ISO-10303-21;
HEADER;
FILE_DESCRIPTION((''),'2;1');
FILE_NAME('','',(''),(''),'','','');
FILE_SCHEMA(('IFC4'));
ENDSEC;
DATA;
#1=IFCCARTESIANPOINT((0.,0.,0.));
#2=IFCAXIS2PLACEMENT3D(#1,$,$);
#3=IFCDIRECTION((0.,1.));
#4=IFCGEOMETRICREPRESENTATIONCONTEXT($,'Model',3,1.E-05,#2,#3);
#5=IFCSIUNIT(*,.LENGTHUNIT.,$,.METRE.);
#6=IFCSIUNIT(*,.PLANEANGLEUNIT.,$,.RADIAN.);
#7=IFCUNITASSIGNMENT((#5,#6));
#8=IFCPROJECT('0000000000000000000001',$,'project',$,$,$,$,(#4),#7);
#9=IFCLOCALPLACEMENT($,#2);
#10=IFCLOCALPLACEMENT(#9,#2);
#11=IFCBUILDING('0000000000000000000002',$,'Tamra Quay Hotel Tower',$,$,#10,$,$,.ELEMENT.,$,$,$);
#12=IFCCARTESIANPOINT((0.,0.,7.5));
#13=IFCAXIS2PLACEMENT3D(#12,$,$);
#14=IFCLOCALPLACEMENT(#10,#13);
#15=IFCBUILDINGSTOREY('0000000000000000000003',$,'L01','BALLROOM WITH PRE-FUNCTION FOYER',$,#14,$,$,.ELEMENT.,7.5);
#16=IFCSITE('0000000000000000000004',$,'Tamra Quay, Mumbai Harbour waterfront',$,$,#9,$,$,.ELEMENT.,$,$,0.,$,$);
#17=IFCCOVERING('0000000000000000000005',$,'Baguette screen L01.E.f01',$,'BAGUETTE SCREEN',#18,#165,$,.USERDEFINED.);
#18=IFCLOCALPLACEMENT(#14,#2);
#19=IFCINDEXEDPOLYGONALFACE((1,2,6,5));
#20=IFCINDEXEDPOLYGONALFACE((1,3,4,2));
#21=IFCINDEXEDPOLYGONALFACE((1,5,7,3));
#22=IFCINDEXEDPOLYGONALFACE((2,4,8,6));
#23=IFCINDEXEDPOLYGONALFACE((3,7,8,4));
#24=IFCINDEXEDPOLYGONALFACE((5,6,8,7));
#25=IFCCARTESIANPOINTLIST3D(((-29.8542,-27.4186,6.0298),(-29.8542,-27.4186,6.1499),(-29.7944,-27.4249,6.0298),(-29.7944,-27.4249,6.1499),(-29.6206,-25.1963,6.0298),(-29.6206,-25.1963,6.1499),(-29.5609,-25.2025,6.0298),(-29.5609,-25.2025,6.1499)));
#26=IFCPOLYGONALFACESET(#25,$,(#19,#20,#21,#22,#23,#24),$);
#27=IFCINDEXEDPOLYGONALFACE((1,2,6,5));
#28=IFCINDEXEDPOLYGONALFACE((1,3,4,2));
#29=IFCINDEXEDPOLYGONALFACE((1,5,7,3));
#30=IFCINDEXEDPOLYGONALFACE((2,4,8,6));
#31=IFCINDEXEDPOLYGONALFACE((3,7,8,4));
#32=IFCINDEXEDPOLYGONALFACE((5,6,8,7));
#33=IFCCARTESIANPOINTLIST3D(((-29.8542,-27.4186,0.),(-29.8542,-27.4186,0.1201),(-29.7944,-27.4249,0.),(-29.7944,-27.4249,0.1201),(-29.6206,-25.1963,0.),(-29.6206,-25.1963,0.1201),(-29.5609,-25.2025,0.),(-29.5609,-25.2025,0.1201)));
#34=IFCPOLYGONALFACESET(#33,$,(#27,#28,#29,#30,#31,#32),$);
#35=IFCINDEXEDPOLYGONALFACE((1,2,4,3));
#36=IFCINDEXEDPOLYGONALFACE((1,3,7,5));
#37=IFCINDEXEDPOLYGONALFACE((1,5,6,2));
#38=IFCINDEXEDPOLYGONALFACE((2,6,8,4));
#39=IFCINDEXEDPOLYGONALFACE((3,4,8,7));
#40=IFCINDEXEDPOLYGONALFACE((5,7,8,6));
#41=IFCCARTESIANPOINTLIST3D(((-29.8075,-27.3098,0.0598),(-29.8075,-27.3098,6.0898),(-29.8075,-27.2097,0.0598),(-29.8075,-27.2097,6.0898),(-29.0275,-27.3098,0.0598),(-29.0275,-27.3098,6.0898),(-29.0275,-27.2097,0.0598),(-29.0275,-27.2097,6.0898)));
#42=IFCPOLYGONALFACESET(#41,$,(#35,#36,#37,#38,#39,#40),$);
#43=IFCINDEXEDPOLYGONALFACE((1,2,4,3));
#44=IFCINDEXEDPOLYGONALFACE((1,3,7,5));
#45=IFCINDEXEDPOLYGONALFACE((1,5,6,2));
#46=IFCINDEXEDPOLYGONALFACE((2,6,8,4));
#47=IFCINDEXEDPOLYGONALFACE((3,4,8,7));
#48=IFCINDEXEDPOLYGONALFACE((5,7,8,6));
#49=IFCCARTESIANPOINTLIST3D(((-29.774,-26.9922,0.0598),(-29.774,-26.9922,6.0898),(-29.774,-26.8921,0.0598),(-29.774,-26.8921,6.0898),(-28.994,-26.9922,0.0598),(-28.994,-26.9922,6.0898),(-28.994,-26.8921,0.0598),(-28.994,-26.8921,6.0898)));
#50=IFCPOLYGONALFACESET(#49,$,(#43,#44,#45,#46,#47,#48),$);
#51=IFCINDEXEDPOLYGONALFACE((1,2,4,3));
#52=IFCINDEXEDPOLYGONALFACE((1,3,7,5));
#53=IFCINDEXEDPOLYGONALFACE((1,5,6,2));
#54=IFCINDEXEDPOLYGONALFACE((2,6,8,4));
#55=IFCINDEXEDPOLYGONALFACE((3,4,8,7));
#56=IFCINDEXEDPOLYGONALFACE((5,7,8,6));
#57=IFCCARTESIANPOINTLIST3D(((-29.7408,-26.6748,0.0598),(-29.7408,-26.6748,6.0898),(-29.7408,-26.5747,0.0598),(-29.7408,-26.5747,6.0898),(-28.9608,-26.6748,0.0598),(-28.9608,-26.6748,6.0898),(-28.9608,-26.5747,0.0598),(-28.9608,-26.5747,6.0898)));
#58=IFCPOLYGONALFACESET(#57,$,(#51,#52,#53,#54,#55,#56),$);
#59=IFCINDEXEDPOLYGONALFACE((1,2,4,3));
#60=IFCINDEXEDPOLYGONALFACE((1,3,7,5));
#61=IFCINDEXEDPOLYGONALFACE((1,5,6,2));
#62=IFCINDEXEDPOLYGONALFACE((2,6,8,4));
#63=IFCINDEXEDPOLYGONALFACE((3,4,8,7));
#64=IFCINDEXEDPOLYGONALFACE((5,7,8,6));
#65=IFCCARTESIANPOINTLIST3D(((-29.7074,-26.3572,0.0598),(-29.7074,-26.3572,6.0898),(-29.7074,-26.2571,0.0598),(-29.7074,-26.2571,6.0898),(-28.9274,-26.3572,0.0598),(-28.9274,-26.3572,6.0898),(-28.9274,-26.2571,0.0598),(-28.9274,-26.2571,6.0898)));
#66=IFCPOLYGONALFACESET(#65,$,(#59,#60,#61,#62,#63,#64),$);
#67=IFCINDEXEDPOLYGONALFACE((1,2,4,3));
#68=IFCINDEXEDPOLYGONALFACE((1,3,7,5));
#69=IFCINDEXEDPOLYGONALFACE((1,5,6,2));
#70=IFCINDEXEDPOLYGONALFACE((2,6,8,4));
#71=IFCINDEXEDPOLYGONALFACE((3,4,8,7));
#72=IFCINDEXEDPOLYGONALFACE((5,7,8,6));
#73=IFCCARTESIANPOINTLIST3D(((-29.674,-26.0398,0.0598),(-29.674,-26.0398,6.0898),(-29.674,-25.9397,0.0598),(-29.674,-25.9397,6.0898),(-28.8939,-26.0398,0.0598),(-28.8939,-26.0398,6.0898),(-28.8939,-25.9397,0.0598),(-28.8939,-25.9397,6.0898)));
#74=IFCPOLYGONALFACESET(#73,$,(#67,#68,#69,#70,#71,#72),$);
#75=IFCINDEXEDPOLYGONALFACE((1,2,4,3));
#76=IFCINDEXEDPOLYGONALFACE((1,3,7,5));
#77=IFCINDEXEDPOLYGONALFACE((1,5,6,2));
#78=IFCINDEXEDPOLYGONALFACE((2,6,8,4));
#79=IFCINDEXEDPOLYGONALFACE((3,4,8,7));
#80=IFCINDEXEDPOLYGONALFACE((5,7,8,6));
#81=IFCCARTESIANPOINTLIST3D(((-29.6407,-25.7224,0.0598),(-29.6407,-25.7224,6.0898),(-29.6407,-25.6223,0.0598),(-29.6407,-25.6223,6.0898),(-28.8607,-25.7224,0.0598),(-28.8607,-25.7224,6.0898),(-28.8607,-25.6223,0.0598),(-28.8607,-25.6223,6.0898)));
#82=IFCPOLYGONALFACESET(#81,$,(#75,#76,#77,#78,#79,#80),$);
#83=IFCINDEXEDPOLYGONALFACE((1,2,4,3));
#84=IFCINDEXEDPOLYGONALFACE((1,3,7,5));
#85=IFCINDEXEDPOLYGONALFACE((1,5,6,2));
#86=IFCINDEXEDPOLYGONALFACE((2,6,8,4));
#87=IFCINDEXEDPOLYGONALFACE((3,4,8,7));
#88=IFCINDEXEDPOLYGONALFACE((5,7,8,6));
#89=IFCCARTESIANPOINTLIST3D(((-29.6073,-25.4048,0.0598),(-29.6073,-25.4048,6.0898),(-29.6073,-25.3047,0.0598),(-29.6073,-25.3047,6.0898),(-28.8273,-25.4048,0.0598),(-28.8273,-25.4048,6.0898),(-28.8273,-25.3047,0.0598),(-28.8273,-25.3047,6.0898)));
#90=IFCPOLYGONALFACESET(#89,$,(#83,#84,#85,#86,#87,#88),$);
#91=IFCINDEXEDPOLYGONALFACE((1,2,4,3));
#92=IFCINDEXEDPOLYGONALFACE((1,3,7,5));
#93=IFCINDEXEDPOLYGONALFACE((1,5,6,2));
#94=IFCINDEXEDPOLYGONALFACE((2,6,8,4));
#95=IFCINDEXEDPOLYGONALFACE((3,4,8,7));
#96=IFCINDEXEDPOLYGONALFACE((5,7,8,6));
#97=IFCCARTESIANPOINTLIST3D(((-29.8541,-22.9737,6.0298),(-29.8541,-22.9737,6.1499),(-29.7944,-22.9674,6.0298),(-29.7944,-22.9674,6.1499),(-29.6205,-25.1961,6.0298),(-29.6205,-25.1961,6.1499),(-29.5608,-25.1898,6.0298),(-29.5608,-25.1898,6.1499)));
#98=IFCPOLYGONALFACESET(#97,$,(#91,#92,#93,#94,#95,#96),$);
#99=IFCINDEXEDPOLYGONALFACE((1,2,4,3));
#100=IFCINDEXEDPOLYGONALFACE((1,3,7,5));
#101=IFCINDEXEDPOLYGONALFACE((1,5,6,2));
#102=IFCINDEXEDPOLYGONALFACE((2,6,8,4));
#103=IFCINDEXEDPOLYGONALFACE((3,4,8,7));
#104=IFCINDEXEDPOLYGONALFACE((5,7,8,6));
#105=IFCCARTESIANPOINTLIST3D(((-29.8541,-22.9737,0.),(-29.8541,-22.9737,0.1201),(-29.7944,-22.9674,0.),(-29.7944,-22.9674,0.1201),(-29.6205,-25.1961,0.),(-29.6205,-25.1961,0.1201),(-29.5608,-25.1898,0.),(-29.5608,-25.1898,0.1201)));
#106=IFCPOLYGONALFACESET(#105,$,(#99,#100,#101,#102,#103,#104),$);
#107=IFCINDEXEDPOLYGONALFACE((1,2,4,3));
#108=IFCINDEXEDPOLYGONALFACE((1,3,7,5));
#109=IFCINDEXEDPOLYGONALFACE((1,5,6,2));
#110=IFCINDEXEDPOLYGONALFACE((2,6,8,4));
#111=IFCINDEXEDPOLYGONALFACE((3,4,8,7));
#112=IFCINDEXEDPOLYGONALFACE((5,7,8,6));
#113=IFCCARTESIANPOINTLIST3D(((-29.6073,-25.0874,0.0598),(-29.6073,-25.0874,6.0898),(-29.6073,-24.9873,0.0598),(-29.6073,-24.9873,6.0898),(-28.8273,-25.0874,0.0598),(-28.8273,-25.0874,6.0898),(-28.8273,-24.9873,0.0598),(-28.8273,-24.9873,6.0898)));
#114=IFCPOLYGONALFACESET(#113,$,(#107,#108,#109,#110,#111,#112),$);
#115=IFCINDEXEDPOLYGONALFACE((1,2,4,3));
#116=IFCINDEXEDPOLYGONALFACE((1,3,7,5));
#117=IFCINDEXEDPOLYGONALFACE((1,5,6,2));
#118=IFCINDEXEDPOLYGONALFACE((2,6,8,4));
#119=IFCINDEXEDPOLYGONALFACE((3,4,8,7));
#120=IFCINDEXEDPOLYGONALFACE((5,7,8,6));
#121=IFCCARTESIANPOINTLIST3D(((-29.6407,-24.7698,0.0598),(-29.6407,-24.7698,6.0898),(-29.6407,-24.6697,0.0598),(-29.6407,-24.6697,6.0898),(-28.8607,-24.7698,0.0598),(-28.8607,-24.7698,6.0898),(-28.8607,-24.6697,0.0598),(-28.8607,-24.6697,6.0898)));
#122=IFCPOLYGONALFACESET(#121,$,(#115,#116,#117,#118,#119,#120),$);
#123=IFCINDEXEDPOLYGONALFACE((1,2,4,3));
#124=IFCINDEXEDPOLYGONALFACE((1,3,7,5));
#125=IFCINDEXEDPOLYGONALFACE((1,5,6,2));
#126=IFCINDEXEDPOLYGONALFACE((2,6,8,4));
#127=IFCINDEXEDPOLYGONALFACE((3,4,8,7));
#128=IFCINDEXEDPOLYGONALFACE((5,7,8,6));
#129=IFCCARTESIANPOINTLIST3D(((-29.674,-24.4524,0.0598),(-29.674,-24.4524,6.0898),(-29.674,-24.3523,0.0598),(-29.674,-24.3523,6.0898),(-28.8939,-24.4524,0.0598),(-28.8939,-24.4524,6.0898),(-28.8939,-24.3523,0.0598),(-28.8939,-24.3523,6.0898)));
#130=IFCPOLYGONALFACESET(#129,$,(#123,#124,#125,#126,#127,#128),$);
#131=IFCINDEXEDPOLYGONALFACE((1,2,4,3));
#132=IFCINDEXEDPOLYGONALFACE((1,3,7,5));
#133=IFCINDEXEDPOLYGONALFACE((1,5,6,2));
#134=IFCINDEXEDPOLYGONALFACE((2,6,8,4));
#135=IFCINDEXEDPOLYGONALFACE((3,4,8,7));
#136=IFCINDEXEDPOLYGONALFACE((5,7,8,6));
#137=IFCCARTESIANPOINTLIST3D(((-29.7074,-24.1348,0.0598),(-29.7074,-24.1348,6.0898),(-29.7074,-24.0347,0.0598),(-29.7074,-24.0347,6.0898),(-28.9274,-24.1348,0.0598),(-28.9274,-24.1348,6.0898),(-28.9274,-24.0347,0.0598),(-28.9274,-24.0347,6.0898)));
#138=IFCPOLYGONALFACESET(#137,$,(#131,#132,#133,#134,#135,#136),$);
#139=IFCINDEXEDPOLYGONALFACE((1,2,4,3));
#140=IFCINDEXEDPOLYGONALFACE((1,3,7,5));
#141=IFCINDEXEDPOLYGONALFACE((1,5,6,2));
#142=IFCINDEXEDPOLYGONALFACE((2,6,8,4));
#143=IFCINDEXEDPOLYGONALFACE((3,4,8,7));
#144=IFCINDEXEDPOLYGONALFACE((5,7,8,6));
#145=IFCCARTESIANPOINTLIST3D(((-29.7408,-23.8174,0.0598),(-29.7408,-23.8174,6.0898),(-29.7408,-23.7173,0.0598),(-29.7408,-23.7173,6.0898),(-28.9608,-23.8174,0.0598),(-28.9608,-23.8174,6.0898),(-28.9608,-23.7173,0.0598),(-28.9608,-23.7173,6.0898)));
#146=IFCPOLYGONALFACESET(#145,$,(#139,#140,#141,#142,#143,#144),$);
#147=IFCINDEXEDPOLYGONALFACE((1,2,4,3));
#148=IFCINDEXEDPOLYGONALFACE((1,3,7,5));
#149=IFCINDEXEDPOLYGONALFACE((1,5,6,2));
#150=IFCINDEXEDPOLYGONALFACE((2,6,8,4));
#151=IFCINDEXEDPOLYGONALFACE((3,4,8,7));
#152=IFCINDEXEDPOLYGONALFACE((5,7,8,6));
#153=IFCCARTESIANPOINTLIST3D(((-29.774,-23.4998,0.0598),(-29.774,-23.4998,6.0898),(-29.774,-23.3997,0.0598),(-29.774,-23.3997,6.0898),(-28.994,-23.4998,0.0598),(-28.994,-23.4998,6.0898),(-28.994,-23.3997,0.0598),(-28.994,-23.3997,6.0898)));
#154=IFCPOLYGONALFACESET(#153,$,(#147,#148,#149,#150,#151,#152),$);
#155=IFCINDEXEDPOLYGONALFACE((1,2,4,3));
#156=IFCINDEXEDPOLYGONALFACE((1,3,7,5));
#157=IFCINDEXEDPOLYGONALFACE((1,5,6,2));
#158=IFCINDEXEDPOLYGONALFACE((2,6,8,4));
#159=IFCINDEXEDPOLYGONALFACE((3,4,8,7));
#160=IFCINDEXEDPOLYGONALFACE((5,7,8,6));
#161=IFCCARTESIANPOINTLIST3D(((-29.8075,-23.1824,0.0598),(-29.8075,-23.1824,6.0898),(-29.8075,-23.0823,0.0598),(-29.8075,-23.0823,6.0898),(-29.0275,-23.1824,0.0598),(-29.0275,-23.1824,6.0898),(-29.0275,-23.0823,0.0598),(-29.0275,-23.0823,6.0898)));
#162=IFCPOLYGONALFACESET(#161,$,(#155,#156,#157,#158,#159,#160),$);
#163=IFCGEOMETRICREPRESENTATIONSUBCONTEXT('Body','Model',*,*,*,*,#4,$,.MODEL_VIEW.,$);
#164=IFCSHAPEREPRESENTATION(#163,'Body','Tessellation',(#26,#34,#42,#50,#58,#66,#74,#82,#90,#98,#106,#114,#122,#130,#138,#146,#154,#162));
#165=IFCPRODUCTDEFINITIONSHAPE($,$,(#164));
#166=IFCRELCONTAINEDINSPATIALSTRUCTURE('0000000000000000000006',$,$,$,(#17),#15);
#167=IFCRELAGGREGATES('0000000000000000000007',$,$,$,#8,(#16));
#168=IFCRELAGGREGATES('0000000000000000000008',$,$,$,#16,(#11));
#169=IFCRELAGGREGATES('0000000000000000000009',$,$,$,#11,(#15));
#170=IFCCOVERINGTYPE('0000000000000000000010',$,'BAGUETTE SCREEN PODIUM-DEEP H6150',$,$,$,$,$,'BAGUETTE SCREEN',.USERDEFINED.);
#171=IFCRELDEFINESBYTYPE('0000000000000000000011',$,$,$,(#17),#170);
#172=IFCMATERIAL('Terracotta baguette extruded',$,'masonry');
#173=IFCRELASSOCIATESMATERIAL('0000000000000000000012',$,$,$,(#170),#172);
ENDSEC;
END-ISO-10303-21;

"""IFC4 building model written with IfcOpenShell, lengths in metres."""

from ifc_helpers import new_model, si_unit, direction, frame, frame_2d, origin, place, context, subcontext, project, spatial, rectangle, extrude, source, transform, mapped, material, type_object, element, save


model = new_model("IFC4")

# Units and contexts
model_context = context("Model", 3, precision=1e-05, world=origin(), true_north=direction((0.0, 1.0)))
body_context = subcontext(model_context, "Body", "Model", "MODEL_VIEW")
ifc_project = project(units=[si_unit("LENGTHUNIT", "METRE"), si_unit("PLANEANGLEUNIT", "RADIAN")], contexts=[model_context])

# Site, building, storey
site_placement = place(None, origin())
site = spatial("IfcSite", under=ifc_project, at=site_placement, Name="Tamra Quay, Mumbai Harbour waterfront", CompositionType="ELEMENT", RefElevation=0.0)
building_placement = place(site_placement, origin())
building = spatial("IfcBuilding", under=site, at=building_placement, Name="Tamra Quay Hotel Tower", CompositionType="ELEMENT")
storey_placement = place(building_placement, frame((0.0, 0.0, 7.5)))
storey = spatial("IfcBuildingStorey", under=building, at=storey_placement, Name="L01", Description="BALLROOM WITH PRE-FUNCTION FOYER", CompositionType="ELEMENT", Elevation=7.5)

# Covering
ifc_material_1 = material(Name="Terracotta baguette extruded", Category="masonry")
covering_type_1 = type_object("IfcCoveringType", Name="BAGUETTE SCREEN PODIUM-DEEP H6150", ElementType="BAGUETTE SCREEN", PredefinedType="USERDEFINED", material=ifc_material_1)
shared_shape_1 = source(origin(), body_context, "Body", "SweptSolid", [
    extrude(rectangle(XDim=2.2346, YDim=0.0601, at=frame_2d((1.1172, 0.03))), frame((-2.2288, -0.0576, -0.1201), z_axis=(0.0, 0.0, 1.0), x_axis=(0.994522, -0.104528, 0.0)), (0.0, 0.0, 1.0), 0.1201),
    extrude(rectangle(XDim=2.2346, YDim=0.0601, at=frame_2d((1.1172, 0.03))), frame((-2.2288, -0.0576, -6.1499), z_axis=(0.0, 0.0, 1.0), x_axis=(0.994522, -0.104528, 0.0)), (0.0, 0.0, 1.0), 0.1201),
    extrude(rectangle(XDim=0.1001, YDim=0.78, at=frame_2d((0.05, 0.3901))), frame((-2.1138, -0.8247, -6.0901)), (0.0, 0.0, 1.0), 6.03),
    extrude(rectangle(XDim=0.1001, YDim=0.78, at=frame_2d((0.05, 0.3901))), frame((-1.7961, -0.8582, -6.0901)), (0.0, 0.0, 1.0), 6.03),
    extrude(rectangle(XDim=0.1001, YDim=0.78, at=frame_2d((0.05, 0.3901))), frame((-1.4788, -0.8914, -6.0901)), (0.0, 0.0, 1.0), 6.03),
    extrude(rectangle(XDim=0.1001, YDim=0.78, at=frame_2d((0.05, 0.3901))), frame((-1.1611, -0.9248, -6.0901)), (0.0, 0.0, 1.0), 6.03),
    extrude(rectangle(XDim=0.1001, YDim=0.78, at=frame_2d((0.05, 0.3901))), frame((-0.8438, -0.9583, -6.0901)), (0.0, 0.0, 1.0), 6.03),
    extrude(rectangle(XDim=0.1001, YDim=0.78, at=frame_2d((0.05, 0.3901))), frame((-0.5264, -0.9915, -6.0901)), (0.0, 0.0, 1.0), 6.03),
    extrude(rectangle(XDim=0.1001, YDim=0.78, at=frame_2d((0.05, 0.3901))), frame((-0.2087, -1.0249, -6.0901)), (0.0, 0.0, 1.0), 6.03),
    extrude(rectangle(XDim=2.2346, YDim=0.0601, at=frame_2d((1.1172, 0.03))), frame((0.0063, -0.2913, -0.1201), z_axis=(0.0, 0.0, 1.0), x_axis=(0.994522, 0.104528, 0.0)), (0.0, 0.0, 1.0), 0.1201),
    extrude(rectangle(XDim=2.2346, YDim=0.0601, at=frame_2d((1.1172, 0.03))), frame((0.0063, -0.2913, -6.1499), z_axis=(0.0, 0.0, 1.0), x_axis=(0.994522, 0.104528, 0.0)), (0.0, 0.0, 1.0), 0.1201),
    extrude(rectangle(XDim=0.1001, YDim=0.78, at=frame_2d((0.05, 0.3901))), frame((0.1086, -1.0249, -6.0901)), (0.0, 0.0, 1.0), 6.03),
    extrude(rectangle(XDim=0.1001, YDim=0.78, at=frame_2d((0.05, 0.3901))), frame((0.4263, -0.9915, -6.0901)), (0.0, 0.0, 1.0), 6.03),
    extrude(rectangle(XDim=0.1001, YDim=0.78, at=frame_2d((0.05, 0.3901))), frame((0.7437, -0.9583, -6.0901)), (0.0, 0.0, 1.0), 6.03),
    extrude(rectangle(XDim=0.1001, YDim=0.78, at=frame_2d((0.05, 0.3901))), frame((1.0613, -0.9248, -6.0901)), (0.0, 0.0, 1.0), 6.03),
    extrude(rectangle(XDim=0.1001, YDim=0.78, at=frame_2d((0.05, 0.3901))), frame((1.3787, -0.8914, -6.0901)), (0.0, 0.0, 1.0), 6.03),
    extrude(rectangle(XDim=0.1001, YDim=0.78, at=frame_2d((0.05, 0.3901))), frame((1.6963, -0.8582, -6.0901)), (0.0, 0.0, 1.0), 6.03),
    extrude(rectangle(XDim=0.1001, YDim=0.78, at=frame_2d((0.05, 0.3901))), frame((2.0137, -0.8247, -6.0901)), (0.0, 0.0, 1.0), 6.03),
])
covering_1_placement = place(storey_placement, frame((-29.8521, -25.196, 6.1499), z_axis=(0.0, 0.0, 1.0), x_axis=(0.0, 1.0, 0.0)))
element("IfcCovering", 1, at=covering_1_placement, inside=storey, type_object=covering_type_1, Name="Baguette screen L01.E.f01", ObjectType="BAGUETTE SCREEN", PredefinedType="USERDEFINED", context=body_context, shape_type="MappedRepresentation", body=[
    mapped(shared_shape_1, transform((0.0, 0.0, 0.0), scale=1.0)),
])

save(model, "model.ifc")
